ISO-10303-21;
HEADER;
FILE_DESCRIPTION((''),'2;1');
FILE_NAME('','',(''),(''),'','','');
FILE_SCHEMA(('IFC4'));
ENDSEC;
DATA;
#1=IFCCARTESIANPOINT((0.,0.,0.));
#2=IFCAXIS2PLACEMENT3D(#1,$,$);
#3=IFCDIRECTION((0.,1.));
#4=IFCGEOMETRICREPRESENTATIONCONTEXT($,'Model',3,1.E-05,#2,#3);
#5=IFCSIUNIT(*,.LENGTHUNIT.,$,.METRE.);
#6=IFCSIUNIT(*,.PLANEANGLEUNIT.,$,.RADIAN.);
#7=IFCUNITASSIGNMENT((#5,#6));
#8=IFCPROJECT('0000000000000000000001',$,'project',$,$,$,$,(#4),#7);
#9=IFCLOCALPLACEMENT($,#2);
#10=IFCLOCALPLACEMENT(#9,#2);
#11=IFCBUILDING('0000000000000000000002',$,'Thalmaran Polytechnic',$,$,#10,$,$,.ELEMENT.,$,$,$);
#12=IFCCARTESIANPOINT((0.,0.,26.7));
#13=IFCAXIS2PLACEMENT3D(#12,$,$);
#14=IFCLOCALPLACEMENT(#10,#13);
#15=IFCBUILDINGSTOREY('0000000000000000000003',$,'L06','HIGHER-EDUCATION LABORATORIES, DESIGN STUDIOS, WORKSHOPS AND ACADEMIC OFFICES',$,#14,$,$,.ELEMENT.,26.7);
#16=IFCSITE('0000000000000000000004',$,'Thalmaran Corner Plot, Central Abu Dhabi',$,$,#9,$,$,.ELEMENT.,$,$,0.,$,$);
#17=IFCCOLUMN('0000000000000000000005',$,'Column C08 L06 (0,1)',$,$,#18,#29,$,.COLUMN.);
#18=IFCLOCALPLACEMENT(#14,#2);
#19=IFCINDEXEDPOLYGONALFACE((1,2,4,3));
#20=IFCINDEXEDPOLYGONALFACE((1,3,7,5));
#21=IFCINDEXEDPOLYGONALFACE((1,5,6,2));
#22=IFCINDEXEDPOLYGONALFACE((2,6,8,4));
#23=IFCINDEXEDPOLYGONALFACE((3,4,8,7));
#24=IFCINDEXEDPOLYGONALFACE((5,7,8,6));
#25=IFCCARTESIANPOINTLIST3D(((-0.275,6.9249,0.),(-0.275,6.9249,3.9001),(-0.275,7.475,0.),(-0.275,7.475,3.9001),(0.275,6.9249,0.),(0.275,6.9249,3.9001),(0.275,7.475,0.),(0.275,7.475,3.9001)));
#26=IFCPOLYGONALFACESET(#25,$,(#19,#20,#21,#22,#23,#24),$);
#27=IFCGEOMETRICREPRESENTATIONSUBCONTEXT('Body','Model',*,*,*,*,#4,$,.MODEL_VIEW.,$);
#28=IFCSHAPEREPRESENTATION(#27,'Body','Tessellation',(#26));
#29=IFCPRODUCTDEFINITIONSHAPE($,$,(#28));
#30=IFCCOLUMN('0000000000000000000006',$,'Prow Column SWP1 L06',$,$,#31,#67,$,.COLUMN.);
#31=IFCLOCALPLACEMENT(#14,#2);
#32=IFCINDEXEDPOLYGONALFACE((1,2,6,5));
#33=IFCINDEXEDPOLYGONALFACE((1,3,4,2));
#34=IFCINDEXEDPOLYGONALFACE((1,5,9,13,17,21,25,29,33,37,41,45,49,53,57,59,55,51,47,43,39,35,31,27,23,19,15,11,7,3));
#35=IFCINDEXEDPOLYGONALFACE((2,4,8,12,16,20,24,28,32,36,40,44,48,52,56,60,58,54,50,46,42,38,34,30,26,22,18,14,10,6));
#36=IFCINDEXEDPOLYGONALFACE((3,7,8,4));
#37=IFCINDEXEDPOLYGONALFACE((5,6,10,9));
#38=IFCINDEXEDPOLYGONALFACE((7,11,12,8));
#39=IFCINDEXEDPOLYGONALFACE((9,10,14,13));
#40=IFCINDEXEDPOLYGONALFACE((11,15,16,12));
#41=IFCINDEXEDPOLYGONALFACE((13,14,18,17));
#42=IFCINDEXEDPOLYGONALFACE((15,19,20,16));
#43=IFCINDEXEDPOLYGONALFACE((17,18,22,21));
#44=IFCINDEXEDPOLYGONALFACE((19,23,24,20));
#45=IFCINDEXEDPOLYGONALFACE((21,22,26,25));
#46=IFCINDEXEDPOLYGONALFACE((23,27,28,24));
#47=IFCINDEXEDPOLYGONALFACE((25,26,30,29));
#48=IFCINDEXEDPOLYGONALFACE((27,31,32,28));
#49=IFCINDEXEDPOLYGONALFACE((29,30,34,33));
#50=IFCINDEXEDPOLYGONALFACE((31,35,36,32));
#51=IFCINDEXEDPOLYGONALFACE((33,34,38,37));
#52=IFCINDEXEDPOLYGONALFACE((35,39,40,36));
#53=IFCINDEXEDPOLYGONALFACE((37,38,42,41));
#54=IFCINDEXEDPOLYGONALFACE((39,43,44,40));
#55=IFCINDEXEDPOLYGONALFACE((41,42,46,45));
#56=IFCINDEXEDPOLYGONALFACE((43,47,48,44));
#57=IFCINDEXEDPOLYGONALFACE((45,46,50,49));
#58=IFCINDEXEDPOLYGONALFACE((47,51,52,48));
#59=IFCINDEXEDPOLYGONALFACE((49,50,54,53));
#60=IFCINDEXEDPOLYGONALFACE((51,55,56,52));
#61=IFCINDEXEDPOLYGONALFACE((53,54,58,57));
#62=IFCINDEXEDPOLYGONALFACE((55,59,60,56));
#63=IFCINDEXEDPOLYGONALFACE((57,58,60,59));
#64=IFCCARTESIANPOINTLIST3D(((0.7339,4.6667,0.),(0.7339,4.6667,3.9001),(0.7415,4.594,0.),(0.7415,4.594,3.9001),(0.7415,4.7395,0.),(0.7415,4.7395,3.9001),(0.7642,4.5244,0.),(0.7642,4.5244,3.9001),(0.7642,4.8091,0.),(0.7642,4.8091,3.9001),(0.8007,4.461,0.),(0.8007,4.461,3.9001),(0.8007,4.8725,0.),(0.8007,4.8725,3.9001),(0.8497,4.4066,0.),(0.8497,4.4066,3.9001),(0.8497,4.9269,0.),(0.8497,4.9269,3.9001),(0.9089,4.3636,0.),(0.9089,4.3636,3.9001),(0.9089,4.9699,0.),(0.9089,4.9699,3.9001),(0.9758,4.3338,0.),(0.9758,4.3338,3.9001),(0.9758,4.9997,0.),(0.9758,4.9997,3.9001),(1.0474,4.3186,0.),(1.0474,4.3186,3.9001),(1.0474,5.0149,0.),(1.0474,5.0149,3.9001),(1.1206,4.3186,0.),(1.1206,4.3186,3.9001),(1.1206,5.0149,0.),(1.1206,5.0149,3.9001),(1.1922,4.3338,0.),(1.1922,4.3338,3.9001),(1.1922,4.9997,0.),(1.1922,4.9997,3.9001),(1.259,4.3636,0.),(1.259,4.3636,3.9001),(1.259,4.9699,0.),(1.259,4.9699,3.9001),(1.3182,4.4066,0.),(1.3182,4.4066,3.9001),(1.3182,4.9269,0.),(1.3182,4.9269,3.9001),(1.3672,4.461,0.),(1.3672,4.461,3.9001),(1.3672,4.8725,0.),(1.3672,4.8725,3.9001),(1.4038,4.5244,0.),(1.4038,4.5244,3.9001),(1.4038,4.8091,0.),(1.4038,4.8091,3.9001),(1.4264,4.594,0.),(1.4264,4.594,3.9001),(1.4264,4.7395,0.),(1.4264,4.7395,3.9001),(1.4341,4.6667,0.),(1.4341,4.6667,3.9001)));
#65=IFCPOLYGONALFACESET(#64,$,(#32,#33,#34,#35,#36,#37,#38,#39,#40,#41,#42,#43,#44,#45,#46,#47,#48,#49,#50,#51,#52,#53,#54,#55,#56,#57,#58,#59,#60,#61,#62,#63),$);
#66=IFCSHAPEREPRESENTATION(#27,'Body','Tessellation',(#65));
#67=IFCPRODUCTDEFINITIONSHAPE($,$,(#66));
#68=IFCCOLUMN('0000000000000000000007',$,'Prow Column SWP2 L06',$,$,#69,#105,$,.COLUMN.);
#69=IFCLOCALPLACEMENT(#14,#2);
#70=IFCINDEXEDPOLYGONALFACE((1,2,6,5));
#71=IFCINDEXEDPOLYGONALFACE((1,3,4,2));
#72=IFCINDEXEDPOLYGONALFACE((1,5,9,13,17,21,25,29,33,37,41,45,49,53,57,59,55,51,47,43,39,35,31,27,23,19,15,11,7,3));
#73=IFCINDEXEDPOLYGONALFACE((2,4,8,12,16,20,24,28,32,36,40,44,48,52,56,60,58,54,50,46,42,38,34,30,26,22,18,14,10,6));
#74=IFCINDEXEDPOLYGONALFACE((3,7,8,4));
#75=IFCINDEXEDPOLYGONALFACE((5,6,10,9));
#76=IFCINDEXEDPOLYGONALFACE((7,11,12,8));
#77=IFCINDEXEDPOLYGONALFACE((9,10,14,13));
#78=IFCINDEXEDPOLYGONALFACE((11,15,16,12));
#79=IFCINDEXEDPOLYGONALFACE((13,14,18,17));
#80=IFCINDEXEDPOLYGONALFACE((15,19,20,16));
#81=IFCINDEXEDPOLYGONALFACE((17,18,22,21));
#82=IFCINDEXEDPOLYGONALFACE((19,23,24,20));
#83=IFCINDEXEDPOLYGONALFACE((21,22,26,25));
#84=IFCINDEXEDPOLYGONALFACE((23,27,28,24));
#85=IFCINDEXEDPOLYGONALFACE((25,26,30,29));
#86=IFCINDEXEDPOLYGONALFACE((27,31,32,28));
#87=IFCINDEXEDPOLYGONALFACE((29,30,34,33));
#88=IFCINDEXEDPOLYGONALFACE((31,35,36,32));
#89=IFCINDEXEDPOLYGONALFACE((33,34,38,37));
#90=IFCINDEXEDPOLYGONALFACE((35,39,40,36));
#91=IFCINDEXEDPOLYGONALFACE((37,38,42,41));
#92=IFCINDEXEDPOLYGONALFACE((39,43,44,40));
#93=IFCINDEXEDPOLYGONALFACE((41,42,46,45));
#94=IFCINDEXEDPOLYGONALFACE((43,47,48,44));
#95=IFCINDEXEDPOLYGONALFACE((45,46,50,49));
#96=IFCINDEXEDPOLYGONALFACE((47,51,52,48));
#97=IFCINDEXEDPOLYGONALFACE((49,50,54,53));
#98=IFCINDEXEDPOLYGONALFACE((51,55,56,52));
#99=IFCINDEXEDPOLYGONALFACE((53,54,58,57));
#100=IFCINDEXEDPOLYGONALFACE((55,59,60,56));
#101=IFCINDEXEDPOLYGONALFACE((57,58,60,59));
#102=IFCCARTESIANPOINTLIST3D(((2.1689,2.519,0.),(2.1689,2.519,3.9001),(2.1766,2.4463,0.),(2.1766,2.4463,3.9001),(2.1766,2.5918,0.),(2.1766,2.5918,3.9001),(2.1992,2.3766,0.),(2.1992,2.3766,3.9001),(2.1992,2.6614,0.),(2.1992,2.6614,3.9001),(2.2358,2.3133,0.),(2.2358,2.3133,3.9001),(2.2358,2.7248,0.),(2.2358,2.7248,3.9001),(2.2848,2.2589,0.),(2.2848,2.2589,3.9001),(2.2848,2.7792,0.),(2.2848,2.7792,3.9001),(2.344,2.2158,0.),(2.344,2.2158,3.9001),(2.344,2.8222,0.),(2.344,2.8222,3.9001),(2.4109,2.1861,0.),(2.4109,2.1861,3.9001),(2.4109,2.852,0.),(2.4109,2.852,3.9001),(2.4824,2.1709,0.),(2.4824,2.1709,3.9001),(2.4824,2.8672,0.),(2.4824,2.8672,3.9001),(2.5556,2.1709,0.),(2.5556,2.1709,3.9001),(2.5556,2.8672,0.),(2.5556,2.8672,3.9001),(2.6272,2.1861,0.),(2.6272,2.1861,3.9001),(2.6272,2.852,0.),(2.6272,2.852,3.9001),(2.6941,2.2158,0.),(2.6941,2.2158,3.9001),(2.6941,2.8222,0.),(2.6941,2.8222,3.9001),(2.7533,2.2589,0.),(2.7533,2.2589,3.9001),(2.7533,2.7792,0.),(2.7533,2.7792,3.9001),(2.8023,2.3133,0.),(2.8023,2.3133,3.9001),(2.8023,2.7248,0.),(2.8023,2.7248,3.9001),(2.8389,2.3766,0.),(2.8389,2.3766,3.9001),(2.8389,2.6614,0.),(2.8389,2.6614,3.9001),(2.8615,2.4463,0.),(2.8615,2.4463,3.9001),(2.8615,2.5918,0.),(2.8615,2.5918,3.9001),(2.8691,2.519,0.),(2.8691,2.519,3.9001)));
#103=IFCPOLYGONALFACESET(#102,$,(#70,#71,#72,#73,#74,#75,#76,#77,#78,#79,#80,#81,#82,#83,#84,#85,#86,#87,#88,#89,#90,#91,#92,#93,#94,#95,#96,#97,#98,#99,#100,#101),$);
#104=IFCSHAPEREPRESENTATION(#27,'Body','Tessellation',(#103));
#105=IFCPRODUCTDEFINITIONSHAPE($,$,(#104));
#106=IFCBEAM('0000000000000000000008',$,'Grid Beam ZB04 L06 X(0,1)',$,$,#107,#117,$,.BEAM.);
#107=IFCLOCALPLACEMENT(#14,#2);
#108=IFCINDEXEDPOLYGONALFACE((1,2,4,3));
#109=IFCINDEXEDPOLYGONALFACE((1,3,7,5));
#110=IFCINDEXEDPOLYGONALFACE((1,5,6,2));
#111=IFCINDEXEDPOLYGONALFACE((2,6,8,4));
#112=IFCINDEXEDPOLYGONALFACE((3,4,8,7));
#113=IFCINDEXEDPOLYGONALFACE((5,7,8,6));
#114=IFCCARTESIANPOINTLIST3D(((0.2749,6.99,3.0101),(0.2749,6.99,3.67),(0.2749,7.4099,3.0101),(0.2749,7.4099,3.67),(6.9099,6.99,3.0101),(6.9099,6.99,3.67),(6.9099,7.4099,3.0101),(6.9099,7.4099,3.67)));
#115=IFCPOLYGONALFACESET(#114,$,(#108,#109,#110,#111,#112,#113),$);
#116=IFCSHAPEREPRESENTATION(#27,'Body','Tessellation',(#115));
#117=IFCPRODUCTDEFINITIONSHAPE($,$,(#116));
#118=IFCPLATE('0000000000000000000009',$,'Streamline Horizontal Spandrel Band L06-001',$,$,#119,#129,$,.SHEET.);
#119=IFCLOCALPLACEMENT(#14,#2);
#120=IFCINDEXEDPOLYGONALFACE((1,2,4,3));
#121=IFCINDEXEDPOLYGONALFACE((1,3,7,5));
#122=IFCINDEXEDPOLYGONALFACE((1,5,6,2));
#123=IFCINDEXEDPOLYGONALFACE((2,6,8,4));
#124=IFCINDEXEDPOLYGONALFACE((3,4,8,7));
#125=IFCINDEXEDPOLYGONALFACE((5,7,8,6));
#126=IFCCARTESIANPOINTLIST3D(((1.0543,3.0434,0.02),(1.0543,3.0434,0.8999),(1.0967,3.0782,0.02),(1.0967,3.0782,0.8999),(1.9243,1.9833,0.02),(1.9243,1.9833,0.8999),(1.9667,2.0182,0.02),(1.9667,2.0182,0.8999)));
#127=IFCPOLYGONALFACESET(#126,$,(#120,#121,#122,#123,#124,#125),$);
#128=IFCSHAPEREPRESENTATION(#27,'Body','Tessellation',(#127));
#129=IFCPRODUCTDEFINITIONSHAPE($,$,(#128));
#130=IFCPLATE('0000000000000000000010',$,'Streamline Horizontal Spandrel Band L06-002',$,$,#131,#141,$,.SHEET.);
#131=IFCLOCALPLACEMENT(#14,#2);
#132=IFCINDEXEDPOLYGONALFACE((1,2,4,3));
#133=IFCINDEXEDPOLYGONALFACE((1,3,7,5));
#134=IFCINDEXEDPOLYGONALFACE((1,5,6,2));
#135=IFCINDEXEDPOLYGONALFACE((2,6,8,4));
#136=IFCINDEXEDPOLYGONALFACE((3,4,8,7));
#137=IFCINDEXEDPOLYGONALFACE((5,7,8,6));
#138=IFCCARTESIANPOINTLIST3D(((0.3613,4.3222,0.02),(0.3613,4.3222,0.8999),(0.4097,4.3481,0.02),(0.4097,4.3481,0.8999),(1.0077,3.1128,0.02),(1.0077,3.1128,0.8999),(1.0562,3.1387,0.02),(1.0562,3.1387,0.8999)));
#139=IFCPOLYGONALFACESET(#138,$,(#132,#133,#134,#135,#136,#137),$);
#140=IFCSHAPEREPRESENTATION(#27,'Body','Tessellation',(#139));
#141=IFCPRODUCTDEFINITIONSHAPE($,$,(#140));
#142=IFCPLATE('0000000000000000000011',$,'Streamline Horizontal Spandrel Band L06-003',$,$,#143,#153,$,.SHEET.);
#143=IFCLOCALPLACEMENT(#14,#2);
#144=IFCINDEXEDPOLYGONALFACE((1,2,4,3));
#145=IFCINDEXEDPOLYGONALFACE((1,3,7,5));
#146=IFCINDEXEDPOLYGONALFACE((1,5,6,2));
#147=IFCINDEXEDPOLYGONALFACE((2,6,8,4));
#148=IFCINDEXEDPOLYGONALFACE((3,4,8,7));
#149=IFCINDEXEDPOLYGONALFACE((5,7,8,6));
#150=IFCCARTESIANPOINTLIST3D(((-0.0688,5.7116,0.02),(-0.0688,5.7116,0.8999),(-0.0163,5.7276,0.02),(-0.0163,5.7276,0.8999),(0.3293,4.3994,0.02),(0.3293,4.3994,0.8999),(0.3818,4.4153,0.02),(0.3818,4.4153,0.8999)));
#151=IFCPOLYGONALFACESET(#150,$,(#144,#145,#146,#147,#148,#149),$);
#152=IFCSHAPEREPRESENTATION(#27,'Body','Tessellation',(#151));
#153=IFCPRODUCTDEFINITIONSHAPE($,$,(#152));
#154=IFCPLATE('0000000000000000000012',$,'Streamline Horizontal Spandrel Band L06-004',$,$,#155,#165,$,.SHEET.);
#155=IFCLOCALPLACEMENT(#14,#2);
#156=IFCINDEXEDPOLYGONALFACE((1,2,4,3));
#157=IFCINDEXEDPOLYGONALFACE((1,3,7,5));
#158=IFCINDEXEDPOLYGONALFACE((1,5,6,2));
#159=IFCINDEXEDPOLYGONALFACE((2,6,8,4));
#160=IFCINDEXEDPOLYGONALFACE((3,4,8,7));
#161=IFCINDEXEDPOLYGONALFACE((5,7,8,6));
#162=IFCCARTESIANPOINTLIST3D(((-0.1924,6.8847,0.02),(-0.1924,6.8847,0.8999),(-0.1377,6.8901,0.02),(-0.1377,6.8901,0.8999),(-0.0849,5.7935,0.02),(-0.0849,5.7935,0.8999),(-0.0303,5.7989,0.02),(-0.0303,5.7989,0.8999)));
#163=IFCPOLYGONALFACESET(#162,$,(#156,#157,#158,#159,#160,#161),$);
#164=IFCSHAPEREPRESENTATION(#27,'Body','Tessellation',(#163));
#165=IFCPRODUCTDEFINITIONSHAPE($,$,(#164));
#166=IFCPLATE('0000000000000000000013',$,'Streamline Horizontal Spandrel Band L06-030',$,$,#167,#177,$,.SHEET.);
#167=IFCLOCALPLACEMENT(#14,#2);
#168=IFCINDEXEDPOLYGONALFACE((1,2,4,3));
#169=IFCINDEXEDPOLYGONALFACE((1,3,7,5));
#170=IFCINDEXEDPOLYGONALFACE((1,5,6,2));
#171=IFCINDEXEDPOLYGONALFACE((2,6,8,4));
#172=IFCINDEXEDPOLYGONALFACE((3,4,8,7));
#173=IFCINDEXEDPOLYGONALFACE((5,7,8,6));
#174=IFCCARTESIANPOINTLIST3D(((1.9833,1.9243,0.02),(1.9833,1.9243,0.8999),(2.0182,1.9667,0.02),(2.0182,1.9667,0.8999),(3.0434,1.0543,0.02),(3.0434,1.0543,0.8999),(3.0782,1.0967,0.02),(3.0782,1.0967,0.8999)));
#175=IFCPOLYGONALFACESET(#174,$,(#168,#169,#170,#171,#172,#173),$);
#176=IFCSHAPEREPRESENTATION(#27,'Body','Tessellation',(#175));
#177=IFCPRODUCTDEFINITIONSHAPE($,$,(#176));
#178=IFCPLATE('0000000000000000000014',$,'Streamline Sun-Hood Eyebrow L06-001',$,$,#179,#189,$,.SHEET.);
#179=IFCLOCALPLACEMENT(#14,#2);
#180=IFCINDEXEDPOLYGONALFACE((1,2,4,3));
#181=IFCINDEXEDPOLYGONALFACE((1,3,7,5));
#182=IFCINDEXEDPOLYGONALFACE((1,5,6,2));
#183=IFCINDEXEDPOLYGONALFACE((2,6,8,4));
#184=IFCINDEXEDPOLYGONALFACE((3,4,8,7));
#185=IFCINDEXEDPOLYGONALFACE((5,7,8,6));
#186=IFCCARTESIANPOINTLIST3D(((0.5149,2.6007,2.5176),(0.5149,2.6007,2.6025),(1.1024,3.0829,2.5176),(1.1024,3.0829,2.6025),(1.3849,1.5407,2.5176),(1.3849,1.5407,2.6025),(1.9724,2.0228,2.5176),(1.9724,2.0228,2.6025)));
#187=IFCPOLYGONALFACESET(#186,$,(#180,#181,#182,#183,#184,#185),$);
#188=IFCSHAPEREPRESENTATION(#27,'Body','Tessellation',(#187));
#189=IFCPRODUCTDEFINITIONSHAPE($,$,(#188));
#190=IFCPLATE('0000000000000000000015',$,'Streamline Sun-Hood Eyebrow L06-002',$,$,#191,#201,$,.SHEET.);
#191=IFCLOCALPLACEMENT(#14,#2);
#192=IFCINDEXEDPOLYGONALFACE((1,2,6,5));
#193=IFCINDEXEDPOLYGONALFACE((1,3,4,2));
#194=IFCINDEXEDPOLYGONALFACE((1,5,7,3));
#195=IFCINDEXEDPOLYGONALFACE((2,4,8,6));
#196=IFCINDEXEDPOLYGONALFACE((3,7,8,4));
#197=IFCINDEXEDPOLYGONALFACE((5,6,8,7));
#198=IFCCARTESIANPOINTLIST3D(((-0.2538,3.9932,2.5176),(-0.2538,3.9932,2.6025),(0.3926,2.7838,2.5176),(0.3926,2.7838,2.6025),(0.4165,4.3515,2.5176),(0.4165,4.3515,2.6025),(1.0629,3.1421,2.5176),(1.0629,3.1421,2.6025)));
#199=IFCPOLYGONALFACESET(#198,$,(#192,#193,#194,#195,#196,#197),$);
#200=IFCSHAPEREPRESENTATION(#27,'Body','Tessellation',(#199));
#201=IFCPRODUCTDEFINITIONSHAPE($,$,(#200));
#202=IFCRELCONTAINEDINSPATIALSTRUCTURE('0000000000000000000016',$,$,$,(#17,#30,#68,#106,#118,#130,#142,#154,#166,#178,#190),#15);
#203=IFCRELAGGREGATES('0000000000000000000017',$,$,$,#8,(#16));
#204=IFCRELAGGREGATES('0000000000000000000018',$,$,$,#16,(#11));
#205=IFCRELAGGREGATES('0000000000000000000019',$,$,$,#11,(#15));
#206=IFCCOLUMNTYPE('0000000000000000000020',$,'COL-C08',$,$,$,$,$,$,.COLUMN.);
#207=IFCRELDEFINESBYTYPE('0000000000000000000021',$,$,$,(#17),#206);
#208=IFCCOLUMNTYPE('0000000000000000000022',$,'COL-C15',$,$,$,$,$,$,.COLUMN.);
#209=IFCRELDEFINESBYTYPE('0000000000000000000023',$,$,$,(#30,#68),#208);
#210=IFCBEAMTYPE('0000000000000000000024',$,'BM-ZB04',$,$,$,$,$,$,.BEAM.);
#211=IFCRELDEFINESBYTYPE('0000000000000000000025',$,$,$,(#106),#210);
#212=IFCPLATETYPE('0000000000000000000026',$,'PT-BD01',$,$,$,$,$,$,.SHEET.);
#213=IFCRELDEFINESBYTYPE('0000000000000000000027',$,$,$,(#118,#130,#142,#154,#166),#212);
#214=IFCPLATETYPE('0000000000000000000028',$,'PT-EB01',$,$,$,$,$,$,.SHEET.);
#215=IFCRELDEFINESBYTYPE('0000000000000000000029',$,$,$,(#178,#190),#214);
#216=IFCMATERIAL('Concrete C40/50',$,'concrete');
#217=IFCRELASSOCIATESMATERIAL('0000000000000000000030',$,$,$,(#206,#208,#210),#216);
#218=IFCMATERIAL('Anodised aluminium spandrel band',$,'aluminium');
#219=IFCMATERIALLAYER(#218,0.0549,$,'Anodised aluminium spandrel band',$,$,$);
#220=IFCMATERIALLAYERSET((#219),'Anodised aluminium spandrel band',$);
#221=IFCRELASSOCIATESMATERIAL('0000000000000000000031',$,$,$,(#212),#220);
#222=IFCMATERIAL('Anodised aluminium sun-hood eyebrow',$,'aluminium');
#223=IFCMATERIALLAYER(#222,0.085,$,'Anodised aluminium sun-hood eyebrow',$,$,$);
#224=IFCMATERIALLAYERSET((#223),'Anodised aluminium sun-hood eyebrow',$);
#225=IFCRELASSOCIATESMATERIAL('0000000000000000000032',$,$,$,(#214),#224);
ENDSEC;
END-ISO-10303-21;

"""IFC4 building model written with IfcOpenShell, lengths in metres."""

from ifc_helpers import new_model, si_unit, direction, frame, origin, origin_2d, place, context, subcontext, project, spatial, rectangle, circle, extrude, material, layer, layer_set, material_profile, profile_set, type_object, element, save


model = new_model("IFC4")

# Units and contexts
model_context = context("Model", 3, precision=1e-05, world=origin(), true_north=direction((0.0, 1.0)))
body_context = subcontext(model_context, "Body", "Model", "MODEL_VIEW")
ifc_project = project(units=[si_unit("LENGTHUNIT", "METRE"), si_unit("PLANEANGLEUNIT", "RADIAN")], contexts=[model_context])

# Site, building, storey
site_placement = place(None, origin())
site = spatial("IfcSite", under=ifc_project, at=site_placement, Name="Thalmaran Corner Plot, Central Abu Dhabi", CompositionType="ELEMENT", RefElevation=0.0)
building_placement = place(site_placement, origin())
building = spatial("IfcBuilding", under=site, at=building_placement, Name="Thalmaran Polytechnic", CompositionType="ELEMENT")
storey_placement = place(building_placement, frame((0.0, 0.0, 26.7)))
storey = spatial("IfcBuildingStorey", under=building, at=storey_placement, Name="L06", Description="HIGHER-EDUCATION LABORATORIES, DESIGN STUDIOS, WORKSHOPS AND ACADEMIC OFFICES", CompositionType="ELEMENT", Elevation=26.7)

# Columns
ifc_material_1 = material(Name="Concrete C40/50", Category="concrete")
ifc_material_profile_1 = material_profile(ifc_material_1, rectangle(XDim=0.55, YDim=0.55, at=origin_2d()), Name="RC 550x550")
ifc_profile_set_1 = profile_set([ifc_material_profile_1], Name="Concrete C40/50")
column_type_1 = type_object("IfcColumnType", Name="COL-C08", PredefinedType="COLUMN", material=ifc_profile_set_1)
column_placement = place(storey_placement, frame((0.0, 7.2, 0.0), z_axis=(0.0, 0.0, 1.0), x_axis=(1.0, 0.0, 0.0)))
element("IfcColumn", 1, at=column_placement, inside=storey, type_object=column_type_1, Name="Column C08 L06 (0,1)", PredefinedType="COLUMN", context=body_context, shape_type="SweptSolid", body=[
    extrude(rectangle(XDim=0.55, YDim=0.55, at=origin_2d()), origin(), (0.0, 0.0, 1.0), 3.9001),
])
ifc_material_profile_2 = material_profile(ifc_material_1, circle(Radius=0.3501, at=origin_2d()), Name="RC 700 DIA")
ifc_profile_set_2 = profile_set([ifc_material_profile_2], Name="Concrete C40/50")
column_type_2 = type_object("IfcColumnType", Name="COL-C15", PredefinedType="COLUMN", material=ifc_profile_set_2)
for number, where, z_axis, x_axis, name in (
    (2, (1.084, 4.6667, 0.0), (0.0, 0.0, 1.0), (1.0, 0.0, 0.0), "Prow Column SWP1 L06"),
    (3, (2.519, 2.519, 0.0), (0.0, 0.0, 1.0), (1.0, 0.0, 0.0), "Prow Column SWP2 L06"),
):
    element("IfcColumn", number, at=place(storey_placement, frame(where, z_axis=z_axis, x_axis=x_axis)), inside=storey, type_object=column_type_2, Name=name, PredefinedType="COLUMN", context=body_context, shape_type="SweptSolid", body=[
        extrude(circle(Radius=0.3501, at=origin_2d()), origin(), (0.0, 0.0, 1.0), 3.9001),
    ])

# Beam
ifc_material_profile_3 = material_profile(ifc_material_1, rectangle(XDim=0.4199, YDim=0.6599, at=origin_2d()), Name="RC 420x660")
ifc_profile_set_3 = profile_set([ifc_material_profile_3], Name="Concrete C40/50")
beam_type = type_object("IfcBeamType", Name="BM-ZB04", PredefinedType="BEAM", material=ifc_profile_set_3)
beam_placement = place(storey_placement, frame((0.2749, 7.2, 3.3401), z_axis=(1.0, 0.0, 0.0), x_axis=(0.0, 1.0, 0.0)))
element("IfcBeam", 4, at=beam_placement, inside=storey, type_object=beam_type, Name="Grid Beam ZB04 L06 X(0,1)", PredefinedType="BEAM", context=body_context, shape_type="SweptSolid", body=[
    extrude(rectangle(XDim=0.4199, YDim=0.6599, at=origin_2d()), origin(), (0.0, 0.0, 1.0), 6.635),
])

# Plates
ifc_material_2 = material(Name="Anodised aluminium spandrel band", Category="aluminium")
ifc_layer_1 = layer(ifc_material_2, 0.0549, Name="Anodised aluminium spandrel band")
ifc_layer_set_1 = layer_set([ifc_layer_1], Name="Anodised aluminium spandrel band")
plate_type_1 = type_object("IfcPlateType", Name="PT-BD01", PredefinedType="SHEET", material=ifc_layer_set_1)
for number, where, z_axis, x_axis, name in (
    (5, (1.5105, 2.5308, 0.02), (0.0, 0.0, 1.0), (-0.634393, 0.77301, 0.0), "Streamline Horizontal Spandrel Band L06-001"),
    (6, (0.7087, 3.7305, 0.02), (0.0, 0.0, 1.0), (-0.471397, 0.881921, 0.0), "Streamline Horizontal Spandrel Band L06-002"),
    (7, (0.1565, 5.0635, 0.02), (0.0, 0.0, 1.0), (-0.290285, 0.95694, 0.0), "Streamline Horizontal Spandrel Band L06-003"),
):
    element("IfcPlate", number, at=place(storey_placement, frame(where, z_axis=z_axis, x_axis=x_axis)), inside=storey, type_object=plate_type_1, Name=name, PredefinedType="SHEET", context=body_context, shape_type="SweptSolid", body=[
        extrude(rectangle(XDim=1.3713, YDim=0.0549, at=origin_2d()), origin(), (0.0, 0.0, 1.0), 0.8799),
    ])
plate_1_placement = place(storey_placement, frame((-0.1113, 6.3418, 0.02), z_axis=(0.0, 0.0, 1.0), x_axis=(-0.098017, 0.995185, 0.0)))
element("IfcPlate", 8, at=plate_1_placement, inside=storey, type_object=plate_type_1, Name="Streamline Horizontal Spandrel Band L06-004", PredefinedType="SHEET", context=body_context, shape_type="SweptSolid", body=[
    extrude(rectangle(XDim=1.0964, YDim=0.0549, at=origin_2d()), origin(), (0.0, 0.0, 1.0), 0.8799),
])
plate_2_placement = place(storey_placement, frame((2.5308, 1.5105, 0.02), z_axis=(0.0, 0.0, 1.0), x_axis=(-0.77301, 0.634393, 0.0)))
element("IfcPlate", 9, at=plate_2_placement, inside=storey, type_object=plate_type_1, Name="Streamline Horizontal Spandrel Band L06-030", PredefinedType="SHEET", context=body_context, shape_type="SweptSolid", body=[
    extrude(rectangle(XDim=1.3713, YDim=0.0549, at=origin_2d()), origin(), (0.0, 0.0, 1.0), 0.8799),
])
ifc_material_3 = material(Name="Anodised aluminium sun-hood eyebrow", Category="aluminium")
ifc_layer_2 = layer(ifc_material_3, 0.085, Name="Anodised aluminium sun-hood eyebrow")
ifc_layer_set_2 = layer_set([ifc_layer_2], Name="Anodised aluminium sun-hood eyebrow")
plate_type_2 = type_object("IfcPlateType", Name="PT-EB01", PredefinedType="SHEET", material=ifc_layer_set_2)
for number, where, z_axis, x_axis, name in (
    (10, (1.2437, 2.3118, 2.5176), (0.0, 0.0, 1.0), (-0.634393, 0.77301, 0.0), "Streamline Sun-Hood Eyebrow L06-001"),
    (11, (0.4045, 3.5676, 2.5176), (0.0, 0.0, 1.0), (-0.471397, 0.881921, 0.0), "Streamline Sun-Hood Eyebrow L06-002"),
):
    element("IfcPlate", number, at=place(storey_placement, frame(where, z_axis=z_axis, x_axis=x_axis)), inside=storey, type_object=plate_type_2, Name=name, PredefinedType="SHEET", context=body_context, shape_type="SweptSolid", body=[
        extrude(rectangle(XDim=1.3713, YDim=0.76, at=origin_2d()), origin(), (0.0, 0.0, 1.0), 0.085),
    ])

save(model, "model.ifc")
